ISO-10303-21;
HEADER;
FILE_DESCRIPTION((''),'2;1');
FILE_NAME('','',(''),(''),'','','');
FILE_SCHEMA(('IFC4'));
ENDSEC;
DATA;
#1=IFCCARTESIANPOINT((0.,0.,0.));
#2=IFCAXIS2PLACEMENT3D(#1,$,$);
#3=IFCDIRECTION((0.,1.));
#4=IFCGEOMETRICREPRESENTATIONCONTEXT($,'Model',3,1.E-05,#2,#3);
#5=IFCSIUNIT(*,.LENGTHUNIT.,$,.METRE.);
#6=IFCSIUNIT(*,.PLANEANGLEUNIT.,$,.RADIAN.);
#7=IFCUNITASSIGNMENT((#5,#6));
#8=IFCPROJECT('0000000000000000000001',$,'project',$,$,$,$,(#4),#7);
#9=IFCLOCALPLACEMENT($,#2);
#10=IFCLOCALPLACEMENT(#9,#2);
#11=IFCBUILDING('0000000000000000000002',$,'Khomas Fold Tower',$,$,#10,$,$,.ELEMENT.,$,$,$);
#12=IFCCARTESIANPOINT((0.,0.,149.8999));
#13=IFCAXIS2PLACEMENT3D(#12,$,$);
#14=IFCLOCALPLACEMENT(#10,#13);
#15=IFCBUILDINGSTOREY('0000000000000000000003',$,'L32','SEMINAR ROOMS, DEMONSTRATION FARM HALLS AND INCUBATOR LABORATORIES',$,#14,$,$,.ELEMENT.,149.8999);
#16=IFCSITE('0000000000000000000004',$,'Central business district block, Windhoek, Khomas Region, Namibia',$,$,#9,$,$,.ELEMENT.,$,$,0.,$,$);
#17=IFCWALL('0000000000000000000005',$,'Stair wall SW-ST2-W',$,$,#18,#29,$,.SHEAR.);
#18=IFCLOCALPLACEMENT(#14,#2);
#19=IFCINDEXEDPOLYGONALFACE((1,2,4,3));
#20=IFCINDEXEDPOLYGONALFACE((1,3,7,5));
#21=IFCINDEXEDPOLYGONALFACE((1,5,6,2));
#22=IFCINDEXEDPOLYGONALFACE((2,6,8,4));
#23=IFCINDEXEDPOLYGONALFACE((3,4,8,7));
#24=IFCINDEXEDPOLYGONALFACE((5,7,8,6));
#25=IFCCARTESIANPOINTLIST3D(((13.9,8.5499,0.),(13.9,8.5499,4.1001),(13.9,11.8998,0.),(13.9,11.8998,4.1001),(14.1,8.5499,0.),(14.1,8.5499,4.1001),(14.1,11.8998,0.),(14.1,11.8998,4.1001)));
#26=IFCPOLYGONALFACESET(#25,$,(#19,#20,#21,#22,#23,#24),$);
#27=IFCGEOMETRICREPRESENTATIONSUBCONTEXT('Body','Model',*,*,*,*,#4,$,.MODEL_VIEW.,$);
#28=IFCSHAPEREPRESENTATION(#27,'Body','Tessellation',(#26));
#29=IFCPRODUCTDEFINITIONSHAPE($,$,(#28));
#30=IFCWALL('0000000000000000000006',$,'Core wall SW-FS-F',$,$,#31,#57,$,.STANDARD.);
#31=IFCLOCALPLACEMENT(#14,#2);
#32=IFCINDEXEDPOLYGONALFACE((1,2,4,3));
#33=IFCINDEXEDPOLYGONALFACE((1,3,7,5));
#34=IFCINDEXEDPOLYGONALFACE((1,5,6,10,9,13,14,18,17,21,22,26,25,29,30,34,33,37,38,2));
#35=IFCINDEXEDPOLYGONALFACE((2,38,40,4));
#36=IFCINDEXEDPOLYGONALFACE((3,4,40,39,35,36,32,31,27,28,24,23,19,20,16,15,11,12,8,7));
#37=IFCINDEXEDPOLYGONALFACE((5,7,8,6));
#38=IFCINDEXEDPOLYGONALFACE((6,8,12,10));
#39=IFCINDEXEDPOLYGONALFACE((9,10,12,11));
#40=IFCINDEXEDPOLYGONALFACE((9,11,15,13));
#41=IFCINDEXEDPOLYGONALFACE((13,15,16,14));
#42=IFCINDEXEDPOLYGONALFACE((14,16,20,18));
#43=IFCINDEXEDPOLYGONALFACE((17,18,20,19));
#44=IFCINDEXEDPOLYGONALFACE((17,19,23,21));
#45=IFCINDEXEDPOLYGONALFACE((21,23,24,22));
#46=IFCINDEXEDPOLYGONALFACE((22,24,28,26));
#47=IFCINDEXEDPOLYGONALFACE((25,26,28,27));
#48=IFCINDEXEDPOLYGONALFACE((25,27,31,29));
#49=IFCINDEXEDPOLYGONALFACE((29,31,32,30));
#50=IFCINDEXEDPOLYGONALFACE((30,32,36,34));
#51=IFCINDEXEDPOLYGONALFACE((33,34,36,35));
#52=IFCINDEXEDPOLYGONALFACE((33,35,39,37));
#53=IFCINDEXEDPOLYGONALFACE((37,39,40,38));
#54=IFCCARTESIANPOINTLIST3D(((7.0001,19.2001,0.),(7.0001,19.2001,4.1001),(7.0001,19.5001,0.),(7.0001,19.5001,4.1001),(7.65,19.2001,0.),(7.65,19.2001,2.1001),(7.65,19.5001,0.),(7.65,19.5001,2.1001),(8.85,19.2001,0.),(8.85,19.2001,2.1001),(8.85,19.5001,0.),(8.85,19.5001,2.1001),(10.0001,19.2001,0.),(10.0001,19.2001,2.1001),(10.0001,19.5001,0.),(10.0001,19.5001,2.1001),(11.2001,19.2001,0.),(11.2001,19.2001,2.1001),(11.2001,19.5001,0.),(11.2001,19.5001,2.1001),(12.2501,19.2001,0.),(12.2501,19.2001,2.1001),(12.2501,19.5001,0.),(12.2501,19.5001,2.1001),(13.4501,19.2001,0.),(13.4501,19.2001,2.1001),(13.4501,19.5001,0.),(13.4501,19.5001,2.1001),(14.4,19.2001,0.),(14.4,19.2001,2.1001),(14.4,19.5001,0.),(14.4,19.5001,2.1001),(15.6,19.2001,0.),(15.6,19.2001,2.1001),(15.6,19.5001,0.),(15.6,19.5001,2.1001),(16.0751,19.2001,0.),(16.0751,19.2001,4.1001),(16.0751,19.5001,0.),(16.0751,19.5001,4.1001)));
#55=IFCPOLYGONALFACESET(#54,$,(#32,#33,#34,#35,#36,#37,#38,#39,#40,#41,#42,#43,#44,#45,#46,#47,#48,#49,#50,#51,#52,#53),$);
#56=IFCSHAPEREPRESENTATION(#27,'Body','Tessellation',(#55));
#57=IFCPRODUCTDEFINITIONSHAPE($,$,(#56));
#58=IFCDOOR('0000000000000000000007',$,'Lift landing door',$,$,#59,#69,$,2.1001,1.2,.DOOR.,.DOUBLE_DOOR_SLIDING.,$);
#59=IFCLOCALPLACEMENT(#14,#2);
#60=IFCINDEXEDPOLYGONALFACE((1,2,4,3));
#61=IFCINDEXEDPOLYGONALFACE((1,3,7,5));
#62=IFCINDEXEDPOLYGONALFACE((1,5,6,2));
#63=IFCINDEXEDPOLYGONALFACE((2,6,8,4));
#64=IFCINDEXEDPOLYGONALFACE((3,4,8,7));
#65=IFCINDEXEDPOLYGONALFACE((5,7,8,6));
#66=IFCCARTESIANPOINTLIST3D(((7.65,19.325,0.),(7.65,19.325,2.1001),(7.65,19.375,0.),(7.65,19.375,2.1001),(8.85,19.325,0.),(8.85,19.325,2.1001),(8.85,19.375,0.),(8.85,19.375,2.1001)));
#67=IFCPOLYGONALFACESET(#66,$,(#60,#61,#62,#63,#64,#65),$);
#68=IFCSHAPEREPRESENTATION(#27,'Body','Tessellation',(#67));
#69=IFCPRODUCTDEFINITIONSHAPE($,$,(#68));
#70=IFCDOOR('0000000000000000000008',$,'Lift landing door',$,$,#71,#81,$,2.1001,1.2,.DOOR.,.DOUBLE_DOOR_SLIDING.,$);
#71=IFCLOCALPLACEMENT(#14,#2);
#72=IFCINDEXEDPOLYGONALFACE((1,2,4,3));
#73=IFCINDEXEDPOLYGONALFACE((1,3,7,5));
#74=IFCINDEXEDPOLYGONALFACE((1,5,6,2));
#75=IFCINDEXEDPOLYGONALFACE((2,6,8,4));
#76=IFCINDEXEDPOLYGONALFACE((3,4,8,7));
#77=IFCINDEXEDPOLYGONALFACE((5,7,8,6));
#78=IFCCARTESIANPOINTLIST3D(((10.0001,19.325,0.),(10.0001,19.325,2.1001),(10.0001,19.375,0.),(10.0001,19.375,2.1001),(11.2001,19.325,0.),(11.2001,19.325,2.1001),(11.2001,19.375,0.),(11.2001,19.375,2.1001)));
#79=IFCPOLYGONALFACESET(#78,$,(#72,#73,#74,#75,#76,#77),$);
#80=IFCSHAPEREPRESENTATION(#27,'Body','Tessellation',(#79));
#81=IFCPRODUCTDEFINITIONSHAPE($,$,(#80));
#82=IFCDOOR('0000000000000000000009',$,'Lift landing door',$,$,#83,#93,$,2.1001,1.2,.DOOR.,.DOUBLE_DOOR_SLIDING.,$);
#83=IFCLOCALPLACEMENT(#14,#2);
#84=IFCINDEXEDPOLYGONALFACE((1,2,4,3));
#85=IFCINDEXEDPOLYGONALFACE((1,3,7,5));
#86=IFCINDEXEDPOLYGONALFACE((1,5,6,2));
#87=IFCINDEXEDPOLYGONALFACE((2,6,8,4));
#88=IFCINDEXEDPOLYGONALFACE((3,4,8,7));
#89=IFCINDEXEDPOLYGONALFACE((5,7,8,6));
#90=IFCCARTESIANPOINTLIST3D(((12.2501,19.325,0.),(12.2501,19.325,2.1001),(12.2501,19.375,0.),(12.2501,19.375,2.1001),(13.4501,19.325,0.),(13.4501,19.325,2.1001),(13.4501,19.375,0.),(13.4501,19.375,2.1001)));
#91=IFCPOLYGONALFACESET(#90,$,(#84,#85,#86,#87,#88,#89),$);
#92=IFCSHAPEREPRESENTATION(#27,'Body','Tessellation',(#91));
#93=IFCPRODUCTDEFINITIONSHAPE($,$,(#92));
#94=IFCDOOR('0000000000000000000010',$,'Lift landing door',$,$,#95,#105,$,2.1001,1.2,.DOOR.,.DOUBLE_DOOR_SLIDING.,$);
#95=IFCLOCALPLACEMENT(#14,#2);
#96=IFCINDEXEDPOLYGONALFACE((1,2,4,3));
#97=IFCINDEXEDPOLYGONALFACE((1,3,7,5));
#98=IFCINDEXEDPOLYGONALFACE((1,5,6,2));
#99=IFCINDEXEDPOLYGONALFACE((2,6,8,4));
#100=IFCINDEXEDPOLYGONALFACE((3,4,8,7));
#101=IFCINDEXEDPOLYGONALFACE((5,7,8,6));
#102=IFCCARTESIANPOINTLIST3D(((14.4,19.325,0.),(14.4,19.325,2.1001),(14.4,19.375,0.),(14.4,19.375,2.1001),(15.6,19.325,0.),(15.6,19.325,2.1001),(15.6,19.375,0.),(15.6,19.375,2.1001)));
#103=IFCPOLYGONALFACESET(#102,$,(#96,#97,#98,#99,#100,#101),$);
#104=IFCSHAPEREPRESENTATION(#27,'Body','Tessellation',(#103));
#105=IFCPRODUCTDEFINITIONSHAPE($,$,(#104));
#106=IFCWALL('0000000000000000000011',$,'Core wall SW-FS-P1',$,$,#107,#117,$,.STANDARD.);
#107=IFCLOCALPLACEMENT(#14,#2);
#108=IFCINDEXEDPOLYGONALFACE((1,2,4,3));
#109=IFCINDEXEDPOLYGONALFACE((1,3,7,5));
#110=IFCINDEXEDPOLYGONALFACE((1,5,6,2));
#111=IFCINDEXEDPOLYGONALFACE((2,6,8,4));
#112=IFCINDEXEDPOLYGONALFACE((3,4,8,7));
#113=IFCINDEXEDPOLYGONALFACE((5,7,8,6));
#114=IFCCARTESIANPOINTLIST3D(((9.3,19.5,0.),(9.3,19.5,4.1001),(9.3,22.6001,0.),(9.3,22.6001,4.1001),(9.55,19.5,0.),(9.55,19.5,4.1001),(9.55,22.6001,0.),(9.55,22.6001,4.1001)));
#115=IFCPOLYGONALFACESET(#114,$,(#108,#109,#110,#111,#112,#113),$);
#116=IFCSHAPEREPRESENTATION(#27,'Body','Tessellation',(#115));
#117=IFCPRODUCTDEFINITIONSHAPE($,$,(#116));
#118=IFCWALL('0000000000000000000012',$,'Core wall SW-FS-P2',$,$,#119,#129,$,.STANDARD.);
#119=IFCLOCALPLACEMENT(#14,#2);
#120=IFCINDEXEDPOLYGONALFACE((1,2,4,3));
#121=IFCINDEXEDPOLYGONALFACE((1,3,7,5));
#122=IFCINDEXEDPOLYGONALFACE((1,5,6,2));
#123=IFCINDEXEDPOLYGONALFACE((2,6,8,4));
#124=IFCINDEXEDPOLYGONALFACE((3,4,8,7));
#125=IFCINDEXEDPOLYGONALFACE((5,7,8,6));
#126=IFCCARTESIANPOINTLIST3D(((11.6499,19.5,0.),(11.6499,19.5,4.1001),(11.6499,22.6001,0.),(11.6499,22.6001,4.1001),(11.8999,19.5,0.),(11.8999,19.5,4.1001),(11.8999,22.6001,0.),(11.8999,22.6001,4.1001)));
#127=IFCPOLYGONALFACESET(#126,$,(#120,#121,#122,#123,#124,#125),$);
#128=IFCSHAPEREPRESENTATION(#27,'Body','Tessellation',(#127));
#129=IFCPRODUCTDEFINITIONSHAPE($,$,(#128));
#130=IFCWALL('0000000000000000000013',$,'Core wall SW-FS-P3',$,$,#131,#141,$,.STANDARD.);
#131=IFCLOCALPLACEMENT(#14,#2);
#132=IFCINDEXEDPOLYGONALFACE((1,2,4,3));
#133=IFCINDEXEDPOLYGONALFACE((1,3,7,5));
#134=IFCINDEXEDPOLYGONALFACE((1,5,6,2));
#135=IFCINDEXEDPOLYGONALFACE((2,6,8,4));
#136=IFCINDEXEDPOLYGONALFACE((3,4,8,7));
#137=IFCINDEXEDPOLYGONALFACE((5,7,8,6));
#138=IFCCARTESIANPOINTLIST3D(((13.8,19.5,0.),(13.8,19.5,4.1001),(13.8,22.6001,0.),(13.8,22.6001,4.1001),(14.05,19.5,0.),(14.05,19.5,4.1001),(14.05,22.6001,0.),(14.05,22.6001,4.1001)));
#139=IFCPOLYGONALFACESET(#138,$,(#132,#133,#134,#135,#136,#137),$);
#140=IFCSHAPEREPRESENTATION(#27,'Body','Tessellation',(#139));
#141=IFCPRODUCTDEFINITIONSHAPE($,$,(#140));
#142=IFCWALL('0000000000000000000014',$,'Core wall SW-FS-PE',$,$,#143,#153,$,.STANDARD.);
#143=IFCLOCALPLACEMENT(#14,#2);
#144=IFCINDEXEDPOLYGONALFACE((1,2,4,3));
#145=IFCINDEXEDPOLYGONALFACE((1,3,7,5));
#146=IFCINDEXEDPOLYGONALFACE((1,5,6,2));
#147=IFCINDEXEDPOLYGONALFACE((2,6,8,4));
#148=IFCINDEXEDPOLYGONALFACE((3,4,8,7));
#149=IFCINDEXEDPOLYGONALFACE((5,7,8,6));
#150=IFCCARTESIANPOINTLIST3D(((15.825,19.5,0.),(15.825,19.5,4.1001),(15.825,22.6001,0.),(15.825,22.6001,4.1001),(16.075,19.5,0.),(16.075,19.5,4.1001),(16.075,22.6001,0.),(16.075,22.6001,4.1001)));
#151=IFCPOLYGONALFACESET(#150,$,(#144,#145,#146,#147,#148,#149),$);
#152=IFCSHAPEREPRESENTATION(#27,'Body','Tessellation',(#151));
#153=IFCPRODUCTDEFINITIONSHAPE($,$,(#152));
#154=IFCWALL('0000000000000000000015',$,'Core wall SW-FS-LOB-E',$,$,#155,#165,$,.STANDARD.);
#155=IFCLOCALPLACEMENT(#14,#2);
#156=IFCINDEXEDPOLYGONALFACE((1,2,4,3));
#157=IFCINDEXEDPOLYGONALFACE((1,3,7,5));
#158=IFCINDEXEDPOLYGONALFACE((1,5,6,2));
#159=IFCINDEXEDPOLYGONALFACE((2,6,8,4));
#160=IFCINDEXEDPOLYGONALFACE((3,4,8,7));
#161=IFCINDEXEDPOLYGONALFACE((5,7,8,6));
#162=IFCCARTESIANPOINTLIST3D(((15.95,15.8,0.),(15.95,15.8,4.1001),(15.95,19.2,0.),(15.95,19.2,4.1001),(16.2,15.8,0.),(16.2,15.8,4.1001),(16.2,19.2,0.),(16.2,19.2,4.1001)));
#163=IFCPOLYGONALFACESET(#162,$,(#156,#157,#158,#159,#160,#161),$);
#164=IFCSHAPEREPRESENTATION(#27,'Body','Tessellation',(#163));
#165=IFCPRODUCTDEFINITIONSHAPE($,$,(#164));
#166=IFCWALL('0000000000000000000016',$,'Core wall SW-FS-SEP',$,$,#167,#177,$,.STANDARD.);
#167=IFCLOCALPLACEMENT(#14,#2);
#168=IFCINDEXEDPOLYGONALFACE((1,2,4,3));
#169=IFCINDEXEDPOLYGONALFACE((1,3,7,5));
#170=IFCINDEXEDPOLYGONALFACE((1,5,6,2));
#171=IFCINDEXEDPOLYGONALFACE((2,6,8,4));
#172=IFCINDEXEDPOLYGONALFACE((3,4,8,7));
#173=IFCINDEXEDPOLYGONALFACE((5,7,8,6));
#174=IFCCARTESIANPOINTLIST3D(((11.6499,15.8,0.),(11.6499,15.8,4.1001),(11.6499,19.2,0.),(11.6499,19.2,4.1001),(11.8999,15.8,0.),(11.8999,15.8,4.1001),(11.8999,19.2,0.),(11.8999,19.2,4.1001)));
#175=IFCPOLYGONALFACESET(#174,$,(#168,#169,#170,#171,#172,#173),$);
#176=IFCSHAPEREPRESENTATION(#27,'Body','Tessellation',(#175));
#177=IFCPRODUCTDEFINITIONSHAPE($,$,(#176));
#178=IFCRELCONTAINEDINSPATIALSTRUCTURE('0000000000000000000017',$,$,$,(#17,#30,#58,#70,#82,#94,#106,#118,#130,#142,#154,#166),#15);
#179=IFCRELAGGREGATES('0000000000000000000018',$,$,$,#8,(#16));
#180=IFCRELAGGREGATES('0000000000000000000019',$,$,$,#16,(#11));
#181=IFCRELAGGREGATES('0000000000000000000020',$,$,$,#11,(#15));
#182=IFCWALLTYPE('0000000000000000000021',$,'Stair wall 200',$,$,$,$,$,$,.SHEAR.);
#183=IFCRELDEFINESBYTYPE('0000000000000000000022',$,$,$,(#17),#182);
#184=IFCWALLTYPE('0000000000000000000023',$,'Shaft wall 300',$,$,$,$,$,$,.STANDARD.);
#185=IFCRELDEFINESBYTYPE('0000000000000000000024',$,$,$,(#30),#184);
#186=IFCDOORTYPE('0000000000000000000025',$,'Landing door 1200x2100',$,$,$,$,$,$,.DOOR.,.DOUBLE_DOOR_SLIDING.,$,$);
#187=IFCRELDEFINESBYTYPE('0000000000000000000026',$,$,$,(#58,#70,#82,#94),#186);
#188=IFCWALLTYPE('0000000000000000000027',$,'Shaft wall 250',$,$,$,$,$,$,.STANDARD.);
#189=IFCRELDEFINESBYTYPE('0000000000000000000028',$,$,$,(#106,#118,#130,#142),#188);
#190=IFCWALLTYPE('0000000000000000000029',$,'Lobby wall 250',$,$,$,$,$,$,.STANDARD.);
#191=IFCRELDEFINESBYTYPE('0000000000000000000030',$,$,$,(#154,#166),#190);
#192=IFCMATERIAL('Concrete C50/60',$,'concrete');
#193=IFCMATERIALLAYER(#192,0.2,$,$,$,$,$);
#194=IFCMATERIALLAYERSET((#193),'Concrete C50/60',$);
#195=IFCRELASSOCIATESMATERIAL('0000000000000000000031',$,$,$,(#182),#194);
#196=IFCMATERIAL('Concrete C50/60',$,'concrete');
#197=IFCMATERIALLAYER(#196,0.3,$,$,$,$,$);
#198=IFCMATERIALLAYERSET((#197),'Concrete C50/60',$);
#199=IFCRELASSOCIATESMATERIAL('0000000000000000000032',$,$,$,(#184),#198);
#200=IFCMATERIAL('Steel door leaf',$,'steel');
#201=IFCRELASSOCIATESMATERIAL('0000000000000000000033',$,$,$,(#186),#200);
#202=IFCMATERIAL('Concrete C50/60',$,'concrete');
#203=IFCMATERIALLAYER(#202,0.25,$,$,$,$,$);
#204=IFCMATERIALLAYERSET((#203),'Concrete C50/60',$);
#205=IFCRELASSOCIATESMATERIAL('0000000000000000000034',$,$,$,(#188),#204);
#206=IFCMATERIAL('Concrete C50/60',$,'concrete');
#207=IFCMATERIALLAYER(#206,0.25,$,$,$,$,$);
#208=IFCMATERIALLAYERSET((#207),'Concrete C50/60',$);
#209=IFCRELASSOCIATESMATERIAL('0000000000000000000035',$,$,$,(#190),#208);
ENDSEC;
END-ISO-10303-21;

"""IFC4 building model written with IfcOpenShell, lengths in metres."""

from ifc_helpers import new_model, si_unit, direction, frame, frame_2d, origin, place, context, subcontext, project, spatial, rectangle, extrude, source, transform, mapped, material, layer, layer_set, type_object, element, fill, save


model = new_model("IFC4")

# Units and contexts
model_context = context("Model", 3, precision=1e-05, world=origin(), true_north=direction((0.0, 1.0)))
body_context = subcontext(model_context, "Body", "Model", "MODEL_VIEW")
ifc_project = project(units=[si_unit("LENGTHUNIT", "METRE"), si_unit("PLANEANGLEUNIT", "RADIAN")], contexts=[model_context])

# Site, building, storey
site_placement = place(None, origin())
site = spatial("IfcSite", under=ifc_project, at=site_placement, Name="Central business district block, Windhoek, Khomas Region, Namibia", CompositionType="ELEMENT", RefElevation=0.0)
building_placement = place(site_placement, origin())
building = spatial("IfcBuilding", under=site, at=building_placement, Name="Khomas Fold Tower", CompositionType="ELEMENT")
storey_placement = place(building_placement, frame((0.0, 0.0, 149.8999)))
storey = spatial("IfcBuildingStorey", under=building, at=storey_placement, Name="L32", Description="SEMINAR ROOMS, DEMONSTRATION FARM HALLS AND INCUBATOR LABORATORIES", CompositionType="ELEMENT", Elevation=149.8999)

# Wall
ifc_material_1 = material(Name="Concrete C50/60", Category="concrete")
ifc_layer_1 = layer(ifc_material_1, 0.2)
ifc_layer_set_1 = layer_set([ifc_layer_1], Name="Concrete C50/60")
wall_type_1 = type_object("IfcWallType", Name="Stair wall 200", PredefinedType="SHEAR", material=ifc_layer_set_1)
shared_shape_1 = source(origin(), body_context, "Body", "SweptSolid", [
    extrude(rectangle(XDim=3.3499, YDim=0.2, at=frame_2d((1.6748, 0.0))), origin(), (0.0, 0.0, 1.0), 4.1001),
])
for number, where, z_axis, x_axis, name in (
    (1, (14.0, 8.55, 0.0), (0.0, 0.0, 1.0), (0.0, 1.0, 0.0), "Stair wall SW-ST2-W"),
):
    element("IfcWall", number, at=place(storey_placement, frame(where, z_axis=z_axis, x_axis=x_axis)), inside=storey, type_object=wall_type_1, Name=name, PredefinedType="SHEAR", context=body_context, shape_type="MappedRepresentation", body=[
        mapped(shared_shape_1, transform((0.0, 0.0, 0.0))),
    ])

# Wall, openings, doors
ifc_material_2 = material(Name="Concrete C50/60", Category="concrete")
ifc_layer_2 = layer(ifc_material_2, 0.3)
ifc_layer_set_2 = layer_set([ifc_layer_2], Name="Concrete C50/60")
wall_type_2 = type_object("IfcWallType", Name="Shaft wall 300", PredefinedType="STANDARD", material=ifc_layer_set_2)
shared_shape_2 = source(origin(), body_context, "Body", "SweptSolid", [
    extrude(rectangle(XDim=9.075, YDim=0.3, at=frame_2d((4.5376, 0.0))), origin(), (0.0, 0.0, 1.0), 4.1001),
])
wall_1_placement = place(storey_placement, frame((7.0, 19.3501, 0.0), z_axis=(0.0, 0.0, 1.0), x_axis=(1.0, 0.0, 0.0)))
wall_1 = element("IfcWall", 2, at=wall_1_placement, inside=storey, type_object=wall_type_2, Name="Core wall SW-FS-F", PredefinedType="STANDARD", context=body_context, shape_type="MappedRepresentation", body=[
    mapped(shared_shape_2, transform((0.0, 0.0, 0.0))),
])
shared_shape_3 = source(origin(), body_context, "Body", "SweptSolid", [
    extrude(rectangle(XDim=1.2, YDim=2.1001, at=frame_2d((0.6001, 1.05))), frame((0.0, 0.1599, 0.0), z_axis=(0.0, -1.0, 0.0), x_axis=(1.0, 0.0, 0.0)), (0.0, 0.0, 1.0), 0.3201),
])
opening_1_placement = place(wall_1_placement, frame((0.6499, 0.0, 0.0)))
opening_1 = element("IfcOpeningElement", 3, at=opening_1_placement, cuts=wall_1, PredefinedType="OPENING", context=body_context, shape_type="MappedRepresentation", body=[
    mapped(shared_shape_3, transform((0.0, 0.0, 0.0))),
])
opening_2_placement = place(wall_1_placement, frame((3.0, 0.0, 0.0)))
opening_2 = element("IfcOpeningElement", 4, at=opening_2_placement, cuts=wall_1, PredefinedType="OPENING", context=body_context, shape_type="MappedRepresentation", body=[
    mapped(shared_shape_3, transform((0.0, 0.0, 0.0))),
])
opening_3_placement = place(wall_1_placement, frame((5.25, 0.0, 0.0)))
opening_3 = element("IfcOpeningElement", 5, at=opening_3_placement, cuts=wall_1, PredefinedType="OPENING", context=body_context, shape_type="MappedRepresentation", body=[
    mapped(shared_shape_3, transform((0.0, 0.0, 0.0))),
])
opening_4_placement = place(wall_1_placement, frame((7.3999, 0.0, 0.0)))
opening_4 = element("IfcOpeningElement", 6, at=opening_4_placement, cuts=wall_1, PredefinedType="OPENING", context=body_context, shape_type="MappedRepresentation", body=[
    mapped(shared_shape_3, transform((0.0, 0.0, 0.0))),
])
ifc_material_3 = material(Name="Steel door leaf", Category="steel")
door_type_1 = type_object("IfcDoorType", Name="Landing door 1200x2100", OperationType="DOUBLE_DOOR_SLIDING", PredefinedType="DOOR", material=ifc_material_3)
shared_shape_4 = source(origin(), body_context, "Body", "SweptSolid", [
    extrude(rectangle(XDim=1.2, YDim=2.1001, at=frame_2d((0.6001, 1.05))), frame((0.0, 0.0249, 0.0), z_axis=(0.0, -1.0, 0.0), x_axis=(1.0, 0.0, 0.0)), (0.0, 0.0, 1.0), 0.05),
])
door_1_placement = place(opening_1_placement, origin())
door_1 = element("IfcDoor", 7, at=door_1_placement, inside=storey, type_object=door_type_1, Name="Lift landing door", OperationType="DOUBLE_DOOR_SLIDING", OverallHeight=2.1001, OverallWidth=1.2, PredefinedType="DOOR", context=body_context, shape_type="MappedRepresentation", body=[
    mapped(shared_shape_4, transform((0.0, 0.0, 0.0))),
])
fill(opening_1, door_1)
door_2_placement = place(opening_2_placement, origin())
door_2 = element("IfcDoor", 8, at=door_2_placement, inside=storey, type_object=door_type_1, Name="Lift landing door", OperationType="DOUBLE_DOOR_SLIDING", OverallHeight=2.1001, OverallWidth=1.2, PredefinedType="DOOR", context=body_context, shape_type="MappedRepresentation", body=[
    mapped(shared_shape_4, transform((0.0, 0.0, 0.0))),
])
fill(opening_2, door_2)
door_3_placement = place(opening_3_placement, origin())
door_3 = element("IfcDoor", 9, at=door_3_placement, inside=storey, type_object=door_type_1, Name="Lift landing door", OperationType="DOUBLE_DOOR_SLIDING", OverallHeight=2.1001, OverallWidth=1.2, PredefinedType="DOOR", context=body_context, shape_type="MappedRepresentation", body=[
    mapped(shared_shape_4, transform((0.0, 0.0, 0.0))),
])
fill(opening_3, door_3)
door_4_placement = place(opening_4_placement, origin())
door_4 = element("IfcDoor", 10, at=door_4_placement, inside=storey, type_object=door_type_1, Name="Lift landing door", OperationType="DOUBLE_DOOR_SLIDING", OverallHeight=2.1001, OverallWidth=1.2, PredefinedType="DOOR", context=body_context, shape_type="MappedRepresentation", body=[
    mapped(shared_shape_4, transform((0.0, 0.0, 0.0))),
])
fill(opening_4, door_4)

# Walls
ifc_material_4 = material(Name="Concrete C50/60", Category="concrete")
ifc_layer_3 = layer(ifc_material_4, 0.25)
ifc_layer_set_3 = layer_set([ifc_layer_3], Name="Concrete C50/60")
wall_type_3 = type_object("IfcWallType", Name="Shaft wall 250", PredefinedType="STANDARD", material=ifc_layer_set_3)
shared_shape_5 = source(origin(), body_context, "Body", "SweptSolid", [
    extrude(rectangle(XDim=3.1001, YDim=0.25, at=frame_2d((1.55, 0.0))), origin(), (0.0, 0.0, 1.0), 4.1001),
])
for number, where, z_axis, x_axis, name in (
    (11, (9.425, 19.5, 0.0), (0.0, 0.0, 1.0), (0.0, 1.0, 0.0), "Core wall SW-FS-P1"),
    (12, (11.7749, 19.5, 0.0), (0.0, 0.0, 1.0), (0.0, 1.0, 0.0), "Core wall SW-FS-P2"),
    (13, (13.925, 19.5, 0.0), (0.0, 0.0, 1.0), (0.0, 1.0, 0.0), "Core wall SW-FS-P3"),
    (14, (15.95, 19.5, 0.0), (0.0, 0.0, 1.0), (0.0, 1.0, 0.0), "Core wall SW-FS-PE"),
):
    element("IfcWall", number, at=place(storey_placement, frame(where, z_axis=z_axis, x_axis=x_axis)), inside=storey, type_object=wall_type_3, Name=name, PredefinedType="STANDARD", context=body_context, shape_type="MappedRepresentation", body=[
        mapped(shared_shape_5, transform((0.0, 0.0, 0.0))),
    ])
ifc_material_5 = material(Name="Concrete C50/60", Category="concrete")
ifc_layer_4 = layer(ifc_material_5, 0.25)
ifc_layer_set_4 = layer_set([ifc_layer_4], Name="Concrete C50/60")
wall_type_4 = type_object("IfcWallType", Name="Lobby wall 250", PredefinedType="STANDARD", material=ifc_layer_set_4)
shared_shape_6 = source(origin(), body_context, "Body", "SweptSolid", [
    extrude(rectangle(XDim=3.3999, YDim=0.25, at=frame_2d((1.7, 0.0))), origin(), (0.0, 0.0, 1.0), 4.1001),
])
for number, where, z_axis, x_axis, name in (
    (15, (16.075, 15.8, 0.0), (0.0, 0.0, 1.0), (0.0, 1.0, 0.0), "Core wall SW-FS-LOB-E"),
    (16, (11.7749, 15.8, 0.0), (0.0, 0.0, 1.0), (0.0, 1.0, 0.0), "Core wall SW-FS-SEP"),
):
    element("IfcWall", number, at=place(storey_placement, frame(where, z_axis=z_axis, x_axis=x_axis)), inside=storey, type_object=wall_type_4, Name=name, PredefinedType="STANDARD", context=body_context, shape_type="MappedRepresentation", body=[
        mapped(shared_shape_6, transform((0.0, 0.0, 0.0))),
    ])

save(model, "model.ifc")
